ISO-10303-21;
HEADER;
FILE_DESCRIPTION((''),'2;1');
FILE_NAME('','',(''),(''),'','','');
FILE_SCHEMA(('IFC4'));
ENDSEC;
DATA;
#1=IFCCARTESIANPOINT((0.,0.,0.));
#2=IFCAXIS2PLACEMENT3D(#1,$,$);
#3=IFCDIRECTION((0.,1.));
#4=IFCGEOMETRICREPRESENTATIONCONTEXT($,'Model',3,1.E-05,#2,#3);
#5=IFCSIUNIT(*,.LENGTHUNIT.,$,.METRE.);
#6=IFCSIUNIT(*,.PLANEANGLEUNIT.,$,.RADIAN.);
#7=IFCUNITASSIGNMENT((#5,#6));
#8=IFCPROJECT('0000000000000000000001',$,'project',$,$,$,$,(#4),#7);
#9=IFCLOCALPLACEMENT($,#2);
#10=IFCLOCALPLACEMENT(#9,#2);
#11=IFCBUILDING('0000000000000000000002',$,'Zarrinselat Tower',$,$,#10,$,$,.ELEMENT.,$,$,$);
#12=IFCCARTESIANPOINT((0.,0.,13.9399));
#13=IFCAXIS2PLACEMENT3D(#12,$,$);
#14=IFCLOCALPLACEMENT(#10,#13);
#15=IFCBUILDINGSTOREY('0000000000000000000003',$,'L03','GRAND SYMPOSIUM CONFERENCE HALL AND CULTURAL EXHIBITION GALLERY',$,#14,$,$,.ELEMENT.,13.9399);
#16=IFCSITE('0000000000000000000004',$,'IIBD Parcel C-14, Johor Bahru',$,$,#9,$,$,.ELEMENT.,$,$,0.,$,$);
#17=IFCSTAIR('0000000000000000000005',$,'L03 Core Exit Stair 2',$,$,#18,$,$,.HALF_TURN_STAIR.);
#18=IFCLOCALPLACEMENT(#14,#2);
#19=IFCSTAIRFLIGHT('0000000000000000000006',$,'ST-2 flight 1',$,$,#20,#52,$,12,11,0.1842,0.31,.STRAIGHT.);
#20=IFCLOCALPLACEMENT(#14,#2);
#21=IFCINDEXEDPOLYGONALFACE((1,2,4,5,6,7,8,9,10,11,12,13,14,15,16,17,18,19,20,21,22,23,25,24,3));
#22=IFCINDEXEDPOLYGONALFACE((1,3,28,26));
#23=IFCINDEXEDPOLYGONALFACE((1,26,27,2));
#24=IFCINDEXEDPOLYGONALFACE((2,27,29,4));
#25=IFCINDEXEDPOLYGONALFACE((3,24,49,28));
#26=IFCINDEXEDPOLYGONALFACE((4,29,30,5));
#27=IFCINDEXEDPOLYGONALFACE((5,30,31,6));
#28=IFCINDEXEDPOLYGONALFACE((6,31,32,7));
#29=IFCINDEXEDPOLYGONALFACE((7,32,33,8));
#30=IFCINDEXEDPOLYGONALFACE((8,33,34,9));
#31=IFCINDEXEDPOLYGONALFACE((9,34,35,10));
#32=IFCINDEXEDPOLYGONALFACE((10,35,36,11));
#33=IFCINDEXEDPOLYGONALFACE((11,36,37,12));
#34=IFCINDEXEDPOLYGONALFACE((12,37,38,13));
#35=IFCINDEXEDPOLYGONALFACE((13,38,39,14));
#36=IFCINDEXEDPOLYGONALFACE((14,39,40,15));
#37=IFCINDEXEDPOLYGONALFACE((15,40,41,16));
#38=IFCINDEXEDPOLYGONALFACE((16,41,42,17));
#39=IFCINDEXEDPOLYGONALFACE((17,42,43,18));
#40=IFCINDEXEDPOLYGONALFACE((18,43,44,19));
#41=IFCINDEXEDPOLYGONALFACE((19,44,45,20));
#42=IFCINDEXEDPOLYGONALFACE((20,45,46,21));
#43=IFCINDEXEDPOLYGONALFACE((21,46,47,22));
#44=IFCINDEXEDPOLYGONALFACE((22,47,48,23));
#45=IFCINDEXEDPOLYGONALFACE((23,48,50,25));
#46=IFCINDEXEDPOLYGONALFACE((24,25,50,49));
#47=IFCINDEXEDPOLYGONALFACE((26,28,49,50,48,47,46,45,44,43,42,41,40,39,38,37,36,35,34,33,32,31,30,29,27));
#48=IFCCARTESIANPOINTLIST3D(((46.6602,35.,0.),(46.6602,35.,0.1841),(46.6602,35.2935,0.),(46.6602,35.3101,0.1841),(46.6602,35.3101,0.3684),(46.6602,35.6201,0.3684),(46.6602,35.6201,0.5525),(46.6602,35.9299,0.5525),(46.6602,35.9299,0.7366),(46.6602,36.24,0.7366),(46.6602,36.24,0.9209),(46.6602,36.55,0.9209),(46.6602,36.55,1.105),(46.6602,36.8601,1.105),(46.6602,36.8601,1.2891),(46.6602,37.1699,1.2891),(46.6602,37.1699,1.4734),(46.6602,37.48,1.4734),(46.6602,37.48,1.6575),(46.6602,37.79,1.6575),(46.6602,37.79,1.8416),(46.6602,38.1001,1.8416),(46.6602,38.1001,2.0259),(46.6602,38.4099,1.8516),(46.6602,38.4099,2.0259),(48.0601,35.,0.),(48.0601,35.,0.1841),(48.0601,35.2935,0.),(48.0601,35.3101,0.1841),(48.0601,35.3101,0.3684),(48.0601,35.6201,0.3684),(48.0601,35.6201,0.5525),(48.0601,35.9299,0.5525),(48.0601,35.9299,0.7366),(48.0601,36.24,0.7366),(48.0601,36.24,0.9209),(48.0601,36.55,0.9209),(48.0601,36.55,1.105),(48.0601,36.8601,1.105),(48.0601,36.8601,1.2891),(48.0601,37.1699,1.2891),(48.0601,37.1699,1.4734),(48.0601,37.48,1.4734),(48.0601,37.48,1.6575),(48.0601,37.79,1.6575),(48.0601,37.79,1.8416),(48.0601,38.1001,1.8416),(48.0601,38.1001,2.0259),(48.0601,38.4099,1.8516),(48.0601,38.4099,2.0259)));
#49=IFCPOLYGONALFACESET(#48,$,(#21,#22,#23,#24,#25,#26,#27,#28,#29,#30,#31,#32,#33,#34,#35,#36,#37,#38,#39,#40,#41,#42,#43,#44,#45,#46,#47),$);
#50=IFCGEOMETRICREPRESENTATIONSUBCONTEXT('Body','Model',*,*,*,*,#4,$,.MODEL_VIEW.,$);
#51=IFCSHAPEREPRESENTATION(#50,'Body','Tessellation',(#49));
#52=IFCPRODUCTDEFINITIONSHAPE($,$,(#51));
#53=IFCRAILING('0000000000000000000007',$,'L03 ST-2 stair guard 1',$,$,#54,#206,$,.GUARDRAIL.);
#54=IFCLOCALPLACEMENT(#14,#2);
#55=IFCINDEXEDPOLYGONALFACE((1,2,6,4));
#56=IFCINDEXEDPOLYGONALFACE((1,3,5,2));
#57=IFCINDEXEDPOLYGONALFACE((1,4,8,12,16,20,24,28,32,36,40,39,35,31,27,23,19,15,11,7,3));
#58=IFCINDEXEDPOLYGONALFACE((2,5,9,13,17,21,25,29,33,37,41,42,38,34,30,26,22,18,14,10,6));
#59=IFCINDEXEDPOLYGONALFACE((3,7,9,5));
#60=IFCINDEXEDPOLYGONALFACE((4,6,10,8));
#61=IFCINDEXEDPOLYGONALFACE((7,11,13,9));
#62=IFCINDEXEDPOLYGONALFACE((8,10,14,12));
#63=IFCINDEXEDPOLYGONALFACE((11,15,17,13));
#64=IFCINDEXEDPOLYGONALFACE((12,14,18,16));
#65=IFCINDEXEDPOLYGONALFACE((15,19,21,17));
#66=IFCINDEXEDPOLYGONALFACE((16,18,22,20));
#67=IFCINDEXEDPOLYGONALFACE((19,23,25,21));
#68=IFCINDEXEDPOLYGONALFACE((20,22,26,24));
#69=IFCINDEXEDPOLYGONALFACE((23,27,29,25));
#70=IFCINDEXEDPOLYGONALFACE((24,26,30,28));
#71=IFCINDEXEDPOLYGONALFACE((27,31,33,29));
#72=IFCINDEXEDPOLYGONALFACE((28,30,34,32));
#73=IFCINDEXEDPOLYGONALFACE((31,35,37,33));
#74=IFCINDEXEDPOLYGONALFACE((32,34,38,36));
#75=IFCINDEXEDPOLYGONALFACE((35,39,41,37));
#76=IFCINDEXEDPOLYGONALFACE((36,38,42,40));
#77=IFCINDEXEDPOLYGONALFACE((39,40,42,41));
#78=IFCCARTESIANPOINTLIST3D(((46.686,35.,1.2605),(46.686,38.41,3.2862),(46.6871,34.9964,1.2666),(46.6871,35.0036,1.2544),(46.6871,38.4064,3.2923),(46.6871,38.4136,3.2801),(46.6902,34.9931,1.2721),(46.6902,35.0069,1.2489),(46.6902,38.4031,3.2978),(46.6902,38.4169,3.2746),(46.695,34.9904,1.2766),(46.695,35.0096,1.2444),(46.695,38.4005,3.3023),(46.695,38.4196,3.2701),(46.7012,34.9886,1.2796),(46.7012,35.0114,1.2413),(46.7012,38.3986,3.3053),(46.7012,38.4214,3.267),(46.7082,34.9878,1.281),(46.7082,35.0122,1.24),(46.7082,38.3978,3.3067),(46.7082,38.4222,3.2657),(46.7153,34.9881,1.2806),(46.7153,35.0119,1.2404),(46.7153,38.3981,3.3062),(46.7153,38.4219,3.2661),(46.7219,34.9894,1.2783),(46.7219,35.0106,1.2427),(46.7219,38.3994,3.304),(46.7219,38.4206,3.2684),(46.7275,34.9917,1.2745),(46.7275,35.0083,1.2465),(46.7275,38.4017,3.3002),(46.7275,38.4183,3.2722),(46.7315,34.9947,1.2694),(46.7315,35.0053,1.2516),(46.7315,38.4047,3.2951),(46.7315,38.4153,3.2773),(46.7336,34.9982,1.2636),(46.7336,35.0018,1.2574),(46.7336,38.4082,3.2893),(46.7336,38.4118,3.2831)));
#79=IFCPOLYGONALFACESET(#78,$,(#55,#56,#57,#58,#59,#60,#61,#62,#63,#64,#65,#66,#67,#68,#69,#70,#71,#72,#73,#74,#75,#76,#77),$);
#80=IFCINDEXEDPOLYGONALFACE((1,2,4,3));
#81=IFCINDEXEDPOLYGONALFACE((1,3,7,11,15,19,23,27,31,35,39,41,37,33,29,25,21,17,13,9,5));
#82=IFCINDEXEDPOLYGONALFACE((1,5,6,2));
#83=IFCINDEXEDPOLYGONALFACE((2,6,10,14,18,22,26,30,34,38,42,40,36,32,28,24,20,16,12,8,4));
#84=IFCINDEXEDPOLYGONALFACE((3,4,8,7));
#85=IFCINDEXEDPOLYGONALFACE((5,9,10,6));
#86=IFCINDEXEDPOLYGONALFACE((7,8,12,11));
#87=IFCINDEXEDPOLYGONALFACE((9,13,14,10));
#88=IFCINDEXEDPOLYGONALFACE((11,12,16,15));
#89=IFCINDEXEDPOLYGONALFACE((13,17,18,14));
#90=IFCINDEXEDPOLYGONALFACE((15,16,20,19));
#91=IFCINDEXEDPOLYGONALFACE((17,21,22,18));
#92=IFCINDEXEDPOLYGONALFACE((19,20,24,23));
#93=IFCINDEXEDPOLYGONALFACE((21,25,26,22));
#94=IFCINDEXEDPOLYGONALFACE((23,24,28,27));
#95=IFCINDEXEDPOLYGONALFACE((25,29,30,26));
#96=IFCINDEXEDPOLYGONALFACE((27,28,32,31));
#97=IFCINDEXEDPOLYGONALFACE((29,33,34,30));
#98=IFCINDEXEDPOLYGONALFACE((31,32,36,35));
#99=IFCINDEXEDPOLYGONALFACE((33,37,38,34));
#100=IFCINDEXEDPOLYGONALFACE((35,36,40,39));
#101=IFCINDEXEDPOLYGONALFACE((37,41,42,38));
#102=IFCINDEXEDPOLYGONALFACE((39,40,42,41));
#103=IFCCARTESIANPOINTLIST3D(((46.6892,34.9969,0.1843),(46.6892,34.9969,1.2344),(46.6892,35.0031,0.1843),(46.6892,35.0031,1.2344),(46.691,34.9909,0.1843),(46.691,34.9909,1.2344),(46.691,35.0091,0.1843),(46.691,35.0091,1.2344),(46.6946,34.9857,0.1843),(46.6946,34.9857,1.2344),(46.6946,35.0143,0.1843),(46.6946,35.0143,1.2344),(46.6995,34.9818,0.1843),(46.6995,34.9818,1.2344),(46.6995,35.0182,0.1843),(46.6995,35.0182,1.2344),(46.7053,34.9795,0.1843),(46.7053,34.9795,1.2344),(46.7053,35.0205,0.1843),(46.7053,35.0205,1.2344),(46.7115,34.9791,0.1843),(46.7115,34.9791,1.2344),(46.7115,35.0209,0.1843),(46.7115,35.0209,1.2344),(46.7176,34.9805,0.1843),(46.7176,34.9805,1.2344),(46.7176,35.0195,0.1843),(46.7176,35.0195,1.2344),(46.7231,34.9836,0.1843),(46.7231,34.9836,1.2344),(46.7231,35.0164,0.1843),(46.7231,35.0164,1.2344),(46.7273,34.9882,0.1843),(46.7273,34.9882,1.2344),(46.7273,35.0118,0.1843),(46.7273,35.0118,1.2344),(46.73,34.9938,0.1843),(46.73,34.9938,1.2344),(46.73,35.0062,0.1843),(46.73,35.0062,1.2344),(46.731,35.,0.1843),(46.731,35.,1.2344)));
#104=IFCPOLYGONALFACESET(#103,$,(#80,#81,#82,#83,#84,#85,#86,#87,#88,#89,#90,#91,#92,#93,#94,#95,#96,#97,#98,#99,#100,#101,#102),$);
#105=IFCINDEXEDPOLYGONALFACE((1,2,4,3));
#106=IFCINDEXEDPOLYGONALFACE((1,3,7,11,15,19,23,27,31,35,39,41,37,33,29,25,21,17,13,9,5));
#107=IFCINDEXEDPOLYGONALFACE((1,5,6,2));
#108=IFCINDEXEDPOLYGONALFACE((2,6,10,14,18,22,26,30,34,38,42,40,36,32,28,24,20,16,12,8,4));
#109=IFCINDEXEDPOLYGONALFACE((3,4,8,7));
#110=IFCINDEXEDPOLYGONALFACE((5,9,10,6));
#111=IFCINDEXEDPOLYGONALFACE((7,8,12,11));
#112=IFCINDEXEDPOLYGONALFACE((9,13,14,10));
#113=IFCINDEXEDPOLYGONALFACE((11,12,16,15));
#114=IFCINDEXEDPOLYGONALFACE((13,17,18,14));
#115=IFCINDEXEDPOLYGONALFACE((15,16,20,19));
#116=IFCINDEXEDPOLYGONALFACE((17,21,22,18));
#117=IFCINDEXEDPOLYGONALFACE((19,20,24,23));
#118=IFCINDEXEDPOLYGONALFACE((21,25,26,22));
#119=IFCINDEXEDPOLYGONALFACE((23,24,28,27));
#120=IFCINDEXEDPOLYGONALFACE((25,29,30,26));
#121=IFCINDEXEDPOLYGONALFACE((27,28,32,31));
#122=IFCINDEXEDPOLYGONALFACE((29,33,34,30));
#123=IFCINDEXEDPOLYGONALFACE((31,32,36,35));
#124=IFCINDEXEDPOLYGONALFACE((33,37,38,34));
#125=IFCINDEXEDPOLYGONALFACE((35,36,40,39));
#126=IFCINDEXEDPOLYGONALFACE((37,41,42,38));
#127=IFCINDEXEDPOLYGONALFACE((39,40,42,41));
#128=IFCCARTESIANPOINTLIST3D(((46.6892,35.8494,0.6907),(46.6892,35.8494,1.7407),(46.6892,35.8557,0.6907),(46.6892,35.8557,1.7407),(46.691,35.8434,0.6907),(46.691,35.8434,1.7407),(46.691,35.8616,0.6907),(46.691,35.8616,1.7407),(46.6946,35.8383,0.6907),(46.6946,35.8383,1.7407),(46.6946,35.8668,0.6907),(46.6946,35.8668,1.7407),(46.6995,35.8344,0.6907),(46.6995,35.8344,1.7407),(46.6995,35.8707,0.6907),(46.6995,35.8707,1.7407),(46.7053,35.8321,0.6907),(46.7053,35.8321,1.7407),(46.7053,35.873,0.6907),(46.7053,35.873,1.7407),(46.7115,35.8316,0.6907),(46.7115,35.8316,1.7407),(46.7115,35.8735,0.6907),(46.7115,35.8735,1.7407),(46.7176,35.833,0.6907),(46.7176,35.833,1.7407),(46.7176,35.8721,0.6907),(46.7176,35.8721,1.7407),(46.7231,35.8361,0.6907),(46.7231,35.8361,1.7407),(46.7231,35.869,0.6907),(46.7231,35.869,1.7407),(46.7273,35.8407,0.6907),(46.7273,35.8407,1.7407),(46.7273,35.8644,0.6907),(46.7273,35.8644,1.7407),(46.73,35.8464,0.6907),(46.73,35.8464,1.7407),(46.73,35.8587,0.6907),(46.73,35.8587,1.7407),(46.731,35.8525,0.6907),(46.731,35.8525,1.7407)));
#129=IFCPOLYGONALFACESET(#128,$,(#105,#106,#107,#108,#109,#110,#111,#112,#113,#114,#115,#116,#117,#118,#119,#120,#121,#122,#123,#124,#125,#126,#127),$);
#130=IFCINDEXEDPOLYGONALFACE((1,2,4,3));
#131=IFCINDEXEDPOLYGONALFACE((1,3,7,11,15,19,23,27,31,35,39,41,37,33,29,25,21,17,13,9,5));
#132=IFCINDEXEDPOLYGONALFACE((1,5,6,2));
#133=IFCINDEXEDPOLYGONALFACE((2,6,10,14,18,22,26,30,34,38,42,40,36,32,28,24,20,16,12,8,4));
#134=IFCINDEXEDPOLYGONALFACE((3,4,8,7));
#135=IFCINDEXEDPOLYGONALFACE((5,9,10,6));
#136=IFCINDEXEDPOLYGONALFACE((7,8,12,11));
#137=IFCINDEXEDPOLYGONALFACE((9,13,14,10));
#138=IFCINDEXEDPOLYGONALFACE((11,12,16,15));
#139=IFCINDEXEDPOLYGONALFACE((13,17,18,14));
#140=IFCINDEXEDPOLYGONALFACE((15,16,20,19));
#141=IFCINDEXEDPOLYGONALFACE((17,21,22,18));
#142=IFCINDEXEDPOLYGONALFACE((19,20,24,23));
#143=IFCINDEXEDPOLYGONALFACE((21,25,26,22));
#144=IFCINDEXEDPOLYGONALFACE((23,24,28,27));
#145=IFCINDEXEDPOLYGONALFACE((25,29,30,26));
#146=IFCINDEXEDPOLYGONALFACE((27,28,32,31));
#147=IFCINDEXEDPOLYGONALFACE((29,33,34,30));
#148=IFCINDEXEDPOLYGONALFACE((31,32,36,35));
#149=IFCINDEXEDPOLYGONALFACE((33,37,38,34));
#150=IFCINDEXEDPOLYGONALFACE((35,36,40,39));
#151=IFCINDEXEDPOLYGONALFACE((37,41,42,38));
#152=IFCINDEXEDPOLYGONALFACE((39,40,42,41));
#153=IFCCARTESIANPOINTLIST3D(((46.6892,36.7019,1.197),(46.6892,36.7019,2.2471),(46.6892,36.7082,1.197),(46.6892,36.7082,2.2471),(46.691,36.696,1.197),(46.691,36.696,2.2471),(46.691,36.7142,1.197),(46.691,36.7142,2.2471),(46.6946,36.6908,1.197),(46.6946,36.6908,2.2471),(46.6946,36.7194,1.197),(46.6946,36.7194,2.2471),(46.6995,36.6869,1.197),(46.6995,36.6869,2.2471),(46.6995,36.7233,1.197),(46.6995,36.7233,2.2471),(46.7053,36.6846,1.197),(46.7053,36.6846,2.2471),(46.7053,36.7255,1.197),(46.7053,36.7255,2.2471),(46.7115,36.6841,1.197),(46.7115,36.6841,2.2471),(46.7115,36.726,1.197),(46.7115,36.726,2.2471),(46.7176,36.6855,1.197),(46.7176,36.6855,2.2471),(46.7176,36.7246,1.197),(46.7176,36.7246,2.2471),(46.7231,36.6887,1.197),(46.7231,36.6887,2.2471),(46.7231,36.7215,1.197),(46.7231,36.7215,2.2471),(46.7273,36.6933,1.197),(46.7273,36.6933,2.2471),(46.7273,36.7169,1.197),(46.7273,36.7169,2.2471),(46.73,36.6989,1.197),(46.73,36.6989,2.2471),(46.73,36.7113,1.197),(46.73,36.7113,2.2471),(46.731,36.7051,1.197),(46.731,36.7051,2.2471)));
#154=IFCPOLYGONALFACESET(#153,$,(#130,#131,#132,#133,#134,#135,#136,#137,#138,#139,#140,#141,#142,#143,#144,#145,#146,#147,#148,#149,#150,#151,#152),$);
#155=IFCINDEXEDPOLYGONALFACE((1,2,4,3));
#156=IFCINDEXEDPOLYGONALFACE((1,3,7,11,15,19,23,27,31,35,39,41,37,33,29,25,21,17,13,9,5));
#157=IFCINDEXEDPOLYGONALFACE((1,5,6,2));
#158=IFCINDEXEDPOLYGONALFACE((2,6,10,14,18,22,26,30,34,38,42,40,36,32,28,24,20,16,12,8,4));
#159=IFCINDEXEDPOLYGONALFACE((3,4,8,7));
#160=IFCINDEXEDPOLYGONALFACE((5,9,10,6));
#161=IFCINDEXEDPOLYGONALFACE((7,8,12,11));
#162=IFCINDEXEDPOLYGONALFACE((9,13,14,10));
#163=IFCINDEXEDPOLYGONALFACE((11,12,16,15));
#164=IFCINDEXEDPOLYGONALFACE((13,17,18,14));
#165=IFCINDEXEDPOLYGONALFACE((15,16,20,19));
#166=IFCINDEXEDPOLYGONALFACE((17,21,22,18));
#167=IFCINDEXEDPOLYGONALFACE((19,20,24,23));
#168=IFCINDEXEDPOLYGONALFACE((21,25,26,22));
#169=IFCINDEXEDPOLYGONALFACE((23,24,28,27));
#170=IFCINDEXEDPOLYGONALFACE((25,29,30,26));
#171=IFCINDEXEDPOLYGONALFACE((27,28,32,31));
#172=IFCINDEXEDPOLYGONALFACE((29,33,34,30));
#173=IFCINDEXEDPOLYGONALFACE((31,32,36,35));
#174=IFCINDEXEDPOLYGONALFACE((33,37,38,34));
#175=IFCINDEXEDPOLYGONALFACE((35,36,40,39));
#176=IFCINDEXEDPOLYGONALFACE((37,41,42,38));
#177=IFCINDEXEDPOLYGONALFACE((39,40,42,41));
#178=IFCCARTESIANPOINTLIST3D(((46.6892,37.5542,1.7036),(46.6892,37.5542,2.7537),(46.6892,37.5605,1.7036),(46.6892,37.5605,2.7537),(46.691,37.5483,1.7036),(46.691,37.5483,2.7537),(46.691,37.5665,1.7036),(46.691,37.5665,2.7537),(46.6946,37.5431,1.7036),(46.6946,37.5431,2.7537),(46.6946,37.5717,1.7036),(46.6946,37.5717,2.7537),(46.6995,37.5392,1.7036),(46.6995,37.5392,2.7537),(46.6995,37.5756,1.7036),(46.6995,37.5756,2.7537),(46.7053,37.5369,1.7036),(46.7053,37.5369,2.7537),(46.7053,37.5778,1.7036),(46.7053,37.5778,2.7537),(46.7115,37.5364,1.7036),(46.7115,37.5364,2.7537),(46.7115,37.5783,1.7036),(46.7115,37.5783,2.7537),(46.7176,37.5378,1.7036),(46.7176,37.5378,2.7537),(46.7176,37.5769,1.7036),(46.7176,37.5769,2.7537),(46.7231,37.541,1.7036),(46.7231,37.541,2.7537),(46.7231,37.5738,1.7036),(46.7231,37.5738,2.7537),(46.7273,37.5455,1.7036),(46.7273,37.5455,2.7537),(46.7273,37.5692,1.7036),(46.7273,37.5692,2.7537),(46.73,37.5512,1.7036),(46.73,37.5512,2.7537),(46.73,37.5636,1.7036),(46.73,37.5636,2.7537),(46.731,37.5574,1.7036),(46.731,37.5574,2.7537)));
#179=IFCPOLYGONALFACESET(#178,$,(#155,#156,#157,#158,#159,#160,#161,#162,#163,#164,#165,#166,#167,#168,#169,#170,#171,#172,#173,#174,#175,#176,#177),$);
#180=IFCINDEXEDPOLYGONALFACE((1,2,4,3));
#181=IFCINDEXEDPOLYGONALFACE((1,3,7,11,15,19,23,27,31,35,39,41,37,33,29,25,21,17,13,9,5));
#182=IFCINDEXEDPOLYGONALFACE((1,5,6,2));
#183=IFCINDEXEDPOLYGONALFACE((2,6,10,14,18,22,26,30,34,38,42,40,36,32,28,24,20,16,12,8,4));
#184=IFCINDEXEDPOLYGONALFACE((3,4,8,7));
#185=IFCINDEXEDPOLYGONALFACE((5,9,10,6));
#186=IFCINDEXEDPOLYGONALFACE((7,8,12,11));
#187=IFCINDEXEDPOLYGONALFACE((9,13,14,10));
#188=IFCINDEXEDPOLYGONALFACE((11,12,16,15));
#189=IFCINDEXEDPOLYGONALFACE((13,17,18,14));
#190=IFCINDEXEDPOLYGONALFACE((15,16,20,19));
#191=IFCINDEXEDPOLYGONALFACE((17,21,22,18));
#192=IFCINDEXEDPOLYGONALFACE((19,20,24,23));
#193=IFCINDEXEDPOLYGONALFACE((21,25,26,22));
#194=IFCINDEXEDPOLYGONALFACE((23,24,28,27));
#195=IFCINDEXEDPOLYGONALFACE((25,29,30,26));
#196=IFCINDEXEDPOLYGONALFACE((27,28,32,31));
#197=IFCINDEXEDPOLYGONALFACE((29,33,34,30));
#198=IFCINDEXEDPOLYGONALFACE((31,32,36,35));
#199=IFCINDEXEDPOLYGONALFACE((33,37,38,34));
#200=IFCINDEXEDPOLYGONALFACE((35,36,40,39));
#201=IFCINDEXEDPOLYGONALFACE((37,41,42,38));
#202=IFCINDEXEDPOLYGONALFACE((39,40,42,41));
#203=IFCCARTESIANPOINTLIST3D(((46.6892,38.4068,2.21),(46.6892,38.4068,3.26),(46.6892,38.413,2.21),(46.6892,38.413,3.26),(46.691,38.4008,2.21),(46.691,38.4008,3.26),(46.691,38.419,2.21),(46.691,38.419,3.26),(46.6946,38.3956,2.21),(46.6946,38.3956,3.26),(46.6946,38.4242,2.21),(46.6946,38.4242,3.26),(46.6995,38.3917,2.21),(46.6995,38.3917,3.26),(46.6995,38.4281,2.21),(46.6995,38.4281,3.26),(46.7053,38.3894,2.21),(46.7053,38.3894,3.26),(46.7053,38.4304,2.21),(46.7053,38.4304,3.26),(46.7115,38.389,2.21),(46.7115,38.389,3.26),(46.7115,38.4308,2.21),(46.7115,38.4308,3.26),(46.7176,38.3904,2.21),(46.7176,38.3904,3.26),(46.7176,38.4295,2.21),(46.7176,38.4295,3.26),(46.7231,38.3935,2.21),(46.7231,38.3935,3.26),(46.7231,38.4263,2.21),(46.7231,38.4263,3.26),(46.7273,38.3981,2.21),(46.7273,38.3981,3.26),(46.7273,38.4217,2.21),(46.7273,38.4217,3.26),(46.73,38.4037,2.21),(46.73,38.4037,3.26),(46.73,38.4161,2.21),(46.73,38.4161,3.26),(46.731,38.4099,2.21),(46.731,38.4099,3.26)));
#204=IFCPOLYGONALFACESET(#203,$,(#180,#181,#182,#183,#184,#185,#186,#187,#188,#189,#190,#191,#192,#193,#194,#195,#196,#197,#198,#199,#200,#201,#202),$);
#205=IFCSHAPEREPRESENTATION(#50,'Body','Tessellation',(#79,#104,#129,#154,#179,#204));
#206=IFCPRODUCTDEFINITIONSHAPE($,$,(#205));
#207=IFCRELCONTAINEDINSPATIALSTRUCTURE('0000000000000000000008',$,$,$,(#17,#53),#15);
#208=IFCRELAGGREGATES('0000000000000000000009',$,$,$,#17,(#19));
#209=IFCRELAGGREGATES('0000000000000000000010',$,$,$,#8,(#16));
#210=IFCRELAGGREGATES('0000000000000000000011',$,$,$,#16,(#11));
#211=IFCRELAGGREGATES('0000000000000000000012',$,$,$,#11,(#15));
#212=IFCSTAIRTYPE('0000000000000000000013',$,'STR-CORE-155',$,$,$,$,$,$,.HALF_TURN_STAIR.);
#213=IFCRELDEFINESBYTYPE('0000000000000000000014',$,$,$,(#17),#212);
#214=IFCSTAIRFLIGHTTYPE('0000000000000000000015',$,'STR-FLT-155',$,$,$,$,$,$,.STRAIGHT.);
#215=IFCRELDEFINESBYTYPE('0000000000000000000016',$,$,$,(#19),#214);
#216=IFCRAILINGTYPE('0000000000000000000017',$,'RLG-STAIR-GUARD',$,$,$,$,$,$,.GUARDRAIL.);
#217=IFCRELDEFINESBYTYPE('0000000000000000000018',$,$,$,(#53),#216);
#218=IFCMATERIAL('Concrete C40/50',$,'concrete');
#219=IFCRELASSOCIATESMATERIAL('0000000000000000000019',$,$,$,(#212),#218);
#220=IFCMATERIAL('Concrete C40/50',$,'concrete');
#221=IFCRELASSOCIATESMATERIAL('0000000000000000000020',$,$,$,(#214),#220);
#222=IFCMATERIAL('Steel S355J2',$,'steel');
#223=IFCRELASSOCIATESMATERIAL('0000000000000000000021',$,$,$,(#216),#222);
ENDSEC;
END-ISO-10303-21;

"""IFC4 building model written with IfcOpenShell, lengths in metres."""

from ifc_helpers import new_model, si_unit, direction, frame, origin, origin_2d, place, context, subcontext, project, spatial, polyline, circle, outline, extrude, material, type_object, element, aggregate, save


model = new_model("IFC4")

# Units and contexts
model_context = context("Model", 3, precision=1e-05, world=origin(), true_north=direction((0.0, 1.0)))
body_context = subcontext(model_context, "Body", "Model", "MODEL_VIEW")
ifc_project = project(units=[si_unit("LENGTHUNIT", "METRE"), si_unit("PLANEANGLEUNIT", "RADIAN")], contexts=[model_context])

# Site, building, storey
site_placement = place(None, origin())
site = spatial("IfcSite", under=ifc_project, at=site_placement, Name="IIBD Parcel C-14, Johor Bahru", CompositionType="ELEMENT", RefElevation=0.0)
building_placement = place(site_placement, origin())
building = spatial("IfcBuilding", under=site, at=building_placement, Name="Zarrinselat Tower", CompositionType="ELEMENT")
storey_placement = place(building_placement, frame((0.0, 0.0, 13.9399)))
storey = spatial("IfcBuildingStorey", under=building, at=storey_placement, Name="L03", Description="GRAND SYMPOSIUM CONFERENCE HALL AND CULTURAL EXHIBITION GALLERY", CompositionType="ELEMENT", Elevation=13.9399)

# Stair, stair flight
ifc_material_1 = material(Name="Concrete C40/50", Category="concrete")
stair_type = type_object("IfcStairType", Name="STR-CORE-155", PredefinedType="HALF_TURN_STAIR", material=ifc_material_1)
stair_placement = place(storey_placement, origin())
stair = element("IfcStair", 1, at=stair_placement, inside=storey, type_object=stair_type, Name="L03 Core Exit Stair 2", PredefinedType="HALF_TURN_STAIR")
ifc_material_2 = material(Name="Concrete C40/50", Category="concrete")
stair_flight_type = type_object("IfcStairFlightType", Name="STR-FLT-155", PredefinedType="STRAIGHT", material=ifc_material_2)
stair_flight_placement = place(storey_placement, frame((47.3601, 35.0, 0.0), z_axis=(0.0, 0.0, 1.0), x_axis=(0.0, 1.0, 0.0)))
stair_flight = element("IfcStairFlight", 2, at=stair_flight_placement, type_object=stair_flight_type, Name="ST-2 flight 1", NumberOfRisers=12, NumberOfTreads=11, PredefinedType="STRAIGHT", RiserHeight=0.1842, TreadLength=0.31, context=body_context, shape_type="SweptSolid", body=[
    extrude(outline(polyline([(0.0, 0.0), (0.0, 0.1841), (0.3101, 0.1841), (0.3101, 0.3684), (0.6201, 0.3684), (0.6201, 0.5525), (0.9299, 0.5525), (0.9299, 0.7366), (1.24, 0.7366), (1.24, 0.9209), (1.55, 0.9209), (1.55, 1.105), (1.8601, 1.105), (1.8601, 1.2891), (2.1699, 1.2891), (2.1699, 1.4734), (2.48, 1.4734), (2.48, 1.6575), (2.79, 1.6575), (2.79, 1.8416), (3.1001, 1.8416), (3.1001, 2.0259), (3.4099, 2.0259), (3.4099, 2.21), (3.4099, 1.8516), (0.2935, 0.0), (0.0, 0.0)])), frame((0.0, 0.7, 0.0), z_axis=(0.0, -1.0, 0.0), x_axis=(1.0, 0.0, 0.0)), (0.0, 0.0, 1.0), 1.3999),
])
aggregate(stair, [stair_flight])

# Railing
ifc_material_3 = material(Name="Steel S355J2", Category="steel")
railing_type_1 = type_object("IfcRailingType", Name="RLG-STAIR-GUARD", PredefinedType="GUARDRAIL", material=ifc_material_3)
railing_1_placement = place(storey_placement, frame((46.71, 35.0, 0.1843)))
element("IfcRailing", 3, at=railing_1_placement, inside=storey, type_object=railing_type_1, Name="L03 ST-2 stair guard 1", PredefinedType="GUARDRAIL", context=body_context, shape_type="SweptSolid", body=[
    extrude(circle(Radius=0.0239, at=origin_2d()), frame((0.0, 0.0, 1.0762), z_axis=(0.0, 0.859744, 0.510725), x_axis=(-1.0, 0.0, 0.0)), (0.0, 0.0, 1.0), 3.9663),
    extrude(circle(Radius=0.021, at=origin_2d()), origin(), (0.0, 0.0, 1.0), 1.05),
    extrude(circle(Radius=0.021, at=origin_2d()), frame((0.0, 0.8525, 0.5063)), (0.0, 0.0, 1.0), 1.05),
    extrude(circle(Radius=0.021, at=origin_2d()), frame((0.0, 1.7051, 1.0127)), (0.0, 0.0, 1.0), 1.05),
    extrude(circle(Radius=0.021, at=origin_2d()), frame((0.0, 2.5574, 1.5193)), (0.0, 0.0, 1.0), 1.05),
    extrude(circle(Radius=0.021, at=origin_2d()), frame((0.0, 3.4099, 2.0256)), (0.0, 0.0, 1.0), 1.05),
])

save(model, "model.ifc")
